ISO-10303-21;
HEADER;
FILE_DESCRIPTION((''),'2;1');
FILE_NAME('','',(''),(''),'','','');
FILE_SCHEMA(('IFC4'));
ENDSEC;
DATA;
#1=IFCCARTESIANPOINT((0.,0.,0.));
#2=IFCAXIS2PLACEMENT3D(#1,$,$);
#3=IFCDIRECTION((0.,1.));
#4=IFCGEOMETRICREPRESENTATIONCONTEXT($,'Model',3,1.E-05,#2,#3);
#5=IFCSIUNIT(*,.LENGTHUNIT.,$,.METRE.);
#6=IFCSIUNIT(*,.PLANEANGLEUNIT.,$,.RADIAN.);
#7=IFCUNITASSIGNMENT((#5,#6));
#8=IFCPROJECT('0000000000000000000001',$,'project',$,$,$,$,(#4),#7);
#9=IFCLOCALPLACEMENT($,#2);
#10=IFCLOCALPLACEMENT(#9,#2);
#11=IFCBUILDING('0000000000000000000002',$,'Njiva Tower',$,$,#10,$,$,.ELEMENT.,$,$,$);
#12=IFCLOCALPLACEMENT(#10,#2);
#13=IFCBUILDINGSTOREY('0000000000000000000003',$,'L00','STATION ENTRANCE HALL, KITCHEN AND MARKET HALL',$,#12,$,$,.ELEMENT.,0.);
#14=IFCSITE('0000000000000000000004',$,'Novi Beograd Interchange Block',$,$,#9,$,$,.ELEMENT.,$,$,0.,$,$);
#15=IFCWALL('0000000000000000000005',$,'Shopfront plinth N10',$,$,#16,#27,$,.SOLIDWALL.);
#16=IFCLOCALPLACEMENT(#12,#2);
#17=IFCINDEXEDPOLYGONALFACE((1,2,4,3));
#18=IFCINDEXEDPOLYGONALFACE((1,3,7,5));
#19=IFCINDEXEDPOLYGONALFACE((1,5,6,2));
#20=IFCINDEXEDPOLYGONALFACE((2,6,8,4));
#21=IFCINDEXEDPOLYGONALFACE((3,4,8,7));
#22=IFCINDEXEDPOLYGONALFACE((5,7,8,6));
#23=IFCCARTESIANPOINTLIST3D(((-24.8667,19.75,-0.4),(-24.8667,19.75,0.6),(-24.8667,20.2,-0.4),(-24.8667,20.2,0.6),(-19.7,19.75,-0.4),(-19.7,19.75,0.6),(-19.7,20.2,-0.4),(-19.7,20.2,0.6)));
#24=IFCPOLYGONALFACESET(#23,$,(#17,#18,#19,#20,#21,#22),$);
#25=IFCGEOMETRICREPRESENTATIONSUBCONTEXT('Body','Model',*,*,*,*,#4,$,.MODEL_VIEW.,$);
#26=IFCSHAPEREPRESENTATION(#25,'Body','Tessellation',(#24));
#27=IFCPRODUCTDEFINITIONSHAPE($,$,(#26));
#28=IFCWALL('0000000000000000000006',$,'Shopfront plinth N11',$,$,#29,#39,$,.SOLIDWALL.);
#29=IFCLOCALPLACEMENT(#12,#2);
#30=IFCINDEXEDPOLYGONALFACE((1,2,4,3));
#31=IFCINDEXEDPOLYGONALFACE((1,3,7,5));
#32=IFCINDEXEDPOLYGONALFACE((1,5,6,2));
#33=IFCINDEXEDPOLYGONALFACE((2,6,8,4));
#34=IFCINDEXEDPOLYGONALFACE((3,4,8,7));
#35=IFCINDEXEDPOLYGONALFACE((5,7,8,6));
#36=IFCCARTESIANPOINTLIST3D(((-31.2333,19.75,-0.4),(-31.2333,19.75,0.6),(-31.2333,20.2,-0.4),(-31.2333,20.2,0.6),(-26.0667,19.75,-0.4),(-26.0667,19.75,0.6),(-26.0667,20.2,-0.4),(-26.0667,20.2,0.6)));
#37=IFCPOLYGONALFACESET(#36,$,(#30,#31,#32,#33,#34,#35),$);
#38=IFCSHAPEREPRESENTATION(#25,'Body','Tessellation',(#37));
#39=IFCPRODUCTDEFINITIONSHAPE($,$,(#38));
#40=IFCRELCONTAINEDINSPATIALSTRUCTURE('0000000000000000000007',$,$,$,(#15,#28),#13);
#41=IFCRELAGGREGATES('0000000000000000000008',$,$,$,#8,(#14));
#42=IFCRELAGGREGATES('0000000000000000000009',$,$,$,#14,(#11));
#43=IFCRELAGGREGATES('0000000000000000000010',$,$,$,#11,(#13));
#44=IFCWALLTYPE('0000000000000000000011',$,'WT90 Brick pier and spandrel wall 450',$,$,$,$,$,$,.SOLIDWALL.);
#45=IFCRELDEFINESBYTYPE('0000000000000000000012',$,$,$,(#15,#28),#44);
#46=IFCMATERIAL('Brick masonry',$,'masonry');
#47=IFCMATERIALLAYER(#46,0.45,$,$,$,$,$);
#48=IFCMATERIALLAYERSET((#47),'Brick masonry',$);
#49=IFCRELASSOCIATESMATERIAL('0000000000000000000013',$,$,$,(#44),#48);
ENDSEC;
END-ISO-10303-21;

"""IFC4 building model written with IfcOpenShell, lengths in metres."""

from ifc_helpers import new_model, si_unit, direction, frame, origin, place, context, subcontext, project, spatial, polyline, outline, extrude, material, layer, layer_set, type_object, element, save


model = new_model("IFC4")

# Units and contexts
model_context = context("Model", 3, precision=1e-05, world=origin(), true_north=direction((0.0, 1.0)))
body_context = subcontext(model_context, "Body", "Model", "MODEL_VIEW")
ifc_project = project(units=[si_unit("LENGTHUNIT", "METRE"), si_unit("PLANEANGLEUNIT", "RADIAN")], contexts=[model_context])

# Site, building, storey
site_placement = place(None, origin())
site = spatial("IfcSite", under=ifc_project, at=site_placement, Name="Novi Beograd Interchange Block", CompositionType="ELEMENT", RefElevation=0.0)
building_placement = place(site_placement, origin())
building = spatial("IfcBuilding", under=site, at=building_placement, Name="Njiva Tower", CompositionType="ELEMENT")
storey_placement = place(building_placement, origin())
storey = spatial("IfcBuildingStorey", under=building, at=storey_placement, Name="L00", Description="STATION ENTRANCE HALL, KITCHEN AND MARKET HALL", CompositionType="ELEMENT", Elevation=0.0)

# Walls
ifc_material_1 = material(Name="Brick masonry", Category="masonry")
ifc_layer_1 = layer(ifc_material_1, 0.45)
ifc_layer_set_1 = layer_set([ifc_layer_1], Name="Brick masonry")
wall_type = type_object("IfcWallType", Name="WT90 Brick pier and spandrel wall 450", PredefinedType="SOLIDWALL", material=ifc_layer_set_1)
wall_1_placement = place(storey_placement, frame((-19.7, 19.975, -0.4), z_axis=(0.0, 0.0, 1.0), x_axis=(-1.0, 0.0, 0.0)))
element("IfcWall", 1, at=wall_1_placement, inside=storey, type_object=wall_type, Name="Shopfront plinth N10", PredefinedType="SOLIDWALL", context=body_context, shape_type="SweptSolid", body=[
    extrude(outline(polyline([(0.0, -0.225), (5.1667, -0.225), (5.1667, 0.225), (0.0, 0.225), (0.0, -0.225)])), origin(), (0.0, 0.0, 1.0), 1.0),
])
wall_2_placement = place(storey_placement, frame((-26.0667, 19.975, -0.4), z_axis=(0.0, 0.0, 1.0), x_axis=(-1.0, 0.0, 0.0)))
element("IfcWall", 2, at=wall_2_placement, inside=storey, type_object=wall_type, Name="Shopfront plinth N11", PredefinedType="SOLIDWALL", context=body_context, shape_type="SweptSolid", body=[
    extrude(outline(polyline([(0.0, -0.225), (5.1666, -0.225), (5.1666, 0.225), (0.0, 0.225), (0.0, -0.225)])), origin(), (0.0, 0.0, 1.0), 1.0),
])

save(model, "model.ifc")
